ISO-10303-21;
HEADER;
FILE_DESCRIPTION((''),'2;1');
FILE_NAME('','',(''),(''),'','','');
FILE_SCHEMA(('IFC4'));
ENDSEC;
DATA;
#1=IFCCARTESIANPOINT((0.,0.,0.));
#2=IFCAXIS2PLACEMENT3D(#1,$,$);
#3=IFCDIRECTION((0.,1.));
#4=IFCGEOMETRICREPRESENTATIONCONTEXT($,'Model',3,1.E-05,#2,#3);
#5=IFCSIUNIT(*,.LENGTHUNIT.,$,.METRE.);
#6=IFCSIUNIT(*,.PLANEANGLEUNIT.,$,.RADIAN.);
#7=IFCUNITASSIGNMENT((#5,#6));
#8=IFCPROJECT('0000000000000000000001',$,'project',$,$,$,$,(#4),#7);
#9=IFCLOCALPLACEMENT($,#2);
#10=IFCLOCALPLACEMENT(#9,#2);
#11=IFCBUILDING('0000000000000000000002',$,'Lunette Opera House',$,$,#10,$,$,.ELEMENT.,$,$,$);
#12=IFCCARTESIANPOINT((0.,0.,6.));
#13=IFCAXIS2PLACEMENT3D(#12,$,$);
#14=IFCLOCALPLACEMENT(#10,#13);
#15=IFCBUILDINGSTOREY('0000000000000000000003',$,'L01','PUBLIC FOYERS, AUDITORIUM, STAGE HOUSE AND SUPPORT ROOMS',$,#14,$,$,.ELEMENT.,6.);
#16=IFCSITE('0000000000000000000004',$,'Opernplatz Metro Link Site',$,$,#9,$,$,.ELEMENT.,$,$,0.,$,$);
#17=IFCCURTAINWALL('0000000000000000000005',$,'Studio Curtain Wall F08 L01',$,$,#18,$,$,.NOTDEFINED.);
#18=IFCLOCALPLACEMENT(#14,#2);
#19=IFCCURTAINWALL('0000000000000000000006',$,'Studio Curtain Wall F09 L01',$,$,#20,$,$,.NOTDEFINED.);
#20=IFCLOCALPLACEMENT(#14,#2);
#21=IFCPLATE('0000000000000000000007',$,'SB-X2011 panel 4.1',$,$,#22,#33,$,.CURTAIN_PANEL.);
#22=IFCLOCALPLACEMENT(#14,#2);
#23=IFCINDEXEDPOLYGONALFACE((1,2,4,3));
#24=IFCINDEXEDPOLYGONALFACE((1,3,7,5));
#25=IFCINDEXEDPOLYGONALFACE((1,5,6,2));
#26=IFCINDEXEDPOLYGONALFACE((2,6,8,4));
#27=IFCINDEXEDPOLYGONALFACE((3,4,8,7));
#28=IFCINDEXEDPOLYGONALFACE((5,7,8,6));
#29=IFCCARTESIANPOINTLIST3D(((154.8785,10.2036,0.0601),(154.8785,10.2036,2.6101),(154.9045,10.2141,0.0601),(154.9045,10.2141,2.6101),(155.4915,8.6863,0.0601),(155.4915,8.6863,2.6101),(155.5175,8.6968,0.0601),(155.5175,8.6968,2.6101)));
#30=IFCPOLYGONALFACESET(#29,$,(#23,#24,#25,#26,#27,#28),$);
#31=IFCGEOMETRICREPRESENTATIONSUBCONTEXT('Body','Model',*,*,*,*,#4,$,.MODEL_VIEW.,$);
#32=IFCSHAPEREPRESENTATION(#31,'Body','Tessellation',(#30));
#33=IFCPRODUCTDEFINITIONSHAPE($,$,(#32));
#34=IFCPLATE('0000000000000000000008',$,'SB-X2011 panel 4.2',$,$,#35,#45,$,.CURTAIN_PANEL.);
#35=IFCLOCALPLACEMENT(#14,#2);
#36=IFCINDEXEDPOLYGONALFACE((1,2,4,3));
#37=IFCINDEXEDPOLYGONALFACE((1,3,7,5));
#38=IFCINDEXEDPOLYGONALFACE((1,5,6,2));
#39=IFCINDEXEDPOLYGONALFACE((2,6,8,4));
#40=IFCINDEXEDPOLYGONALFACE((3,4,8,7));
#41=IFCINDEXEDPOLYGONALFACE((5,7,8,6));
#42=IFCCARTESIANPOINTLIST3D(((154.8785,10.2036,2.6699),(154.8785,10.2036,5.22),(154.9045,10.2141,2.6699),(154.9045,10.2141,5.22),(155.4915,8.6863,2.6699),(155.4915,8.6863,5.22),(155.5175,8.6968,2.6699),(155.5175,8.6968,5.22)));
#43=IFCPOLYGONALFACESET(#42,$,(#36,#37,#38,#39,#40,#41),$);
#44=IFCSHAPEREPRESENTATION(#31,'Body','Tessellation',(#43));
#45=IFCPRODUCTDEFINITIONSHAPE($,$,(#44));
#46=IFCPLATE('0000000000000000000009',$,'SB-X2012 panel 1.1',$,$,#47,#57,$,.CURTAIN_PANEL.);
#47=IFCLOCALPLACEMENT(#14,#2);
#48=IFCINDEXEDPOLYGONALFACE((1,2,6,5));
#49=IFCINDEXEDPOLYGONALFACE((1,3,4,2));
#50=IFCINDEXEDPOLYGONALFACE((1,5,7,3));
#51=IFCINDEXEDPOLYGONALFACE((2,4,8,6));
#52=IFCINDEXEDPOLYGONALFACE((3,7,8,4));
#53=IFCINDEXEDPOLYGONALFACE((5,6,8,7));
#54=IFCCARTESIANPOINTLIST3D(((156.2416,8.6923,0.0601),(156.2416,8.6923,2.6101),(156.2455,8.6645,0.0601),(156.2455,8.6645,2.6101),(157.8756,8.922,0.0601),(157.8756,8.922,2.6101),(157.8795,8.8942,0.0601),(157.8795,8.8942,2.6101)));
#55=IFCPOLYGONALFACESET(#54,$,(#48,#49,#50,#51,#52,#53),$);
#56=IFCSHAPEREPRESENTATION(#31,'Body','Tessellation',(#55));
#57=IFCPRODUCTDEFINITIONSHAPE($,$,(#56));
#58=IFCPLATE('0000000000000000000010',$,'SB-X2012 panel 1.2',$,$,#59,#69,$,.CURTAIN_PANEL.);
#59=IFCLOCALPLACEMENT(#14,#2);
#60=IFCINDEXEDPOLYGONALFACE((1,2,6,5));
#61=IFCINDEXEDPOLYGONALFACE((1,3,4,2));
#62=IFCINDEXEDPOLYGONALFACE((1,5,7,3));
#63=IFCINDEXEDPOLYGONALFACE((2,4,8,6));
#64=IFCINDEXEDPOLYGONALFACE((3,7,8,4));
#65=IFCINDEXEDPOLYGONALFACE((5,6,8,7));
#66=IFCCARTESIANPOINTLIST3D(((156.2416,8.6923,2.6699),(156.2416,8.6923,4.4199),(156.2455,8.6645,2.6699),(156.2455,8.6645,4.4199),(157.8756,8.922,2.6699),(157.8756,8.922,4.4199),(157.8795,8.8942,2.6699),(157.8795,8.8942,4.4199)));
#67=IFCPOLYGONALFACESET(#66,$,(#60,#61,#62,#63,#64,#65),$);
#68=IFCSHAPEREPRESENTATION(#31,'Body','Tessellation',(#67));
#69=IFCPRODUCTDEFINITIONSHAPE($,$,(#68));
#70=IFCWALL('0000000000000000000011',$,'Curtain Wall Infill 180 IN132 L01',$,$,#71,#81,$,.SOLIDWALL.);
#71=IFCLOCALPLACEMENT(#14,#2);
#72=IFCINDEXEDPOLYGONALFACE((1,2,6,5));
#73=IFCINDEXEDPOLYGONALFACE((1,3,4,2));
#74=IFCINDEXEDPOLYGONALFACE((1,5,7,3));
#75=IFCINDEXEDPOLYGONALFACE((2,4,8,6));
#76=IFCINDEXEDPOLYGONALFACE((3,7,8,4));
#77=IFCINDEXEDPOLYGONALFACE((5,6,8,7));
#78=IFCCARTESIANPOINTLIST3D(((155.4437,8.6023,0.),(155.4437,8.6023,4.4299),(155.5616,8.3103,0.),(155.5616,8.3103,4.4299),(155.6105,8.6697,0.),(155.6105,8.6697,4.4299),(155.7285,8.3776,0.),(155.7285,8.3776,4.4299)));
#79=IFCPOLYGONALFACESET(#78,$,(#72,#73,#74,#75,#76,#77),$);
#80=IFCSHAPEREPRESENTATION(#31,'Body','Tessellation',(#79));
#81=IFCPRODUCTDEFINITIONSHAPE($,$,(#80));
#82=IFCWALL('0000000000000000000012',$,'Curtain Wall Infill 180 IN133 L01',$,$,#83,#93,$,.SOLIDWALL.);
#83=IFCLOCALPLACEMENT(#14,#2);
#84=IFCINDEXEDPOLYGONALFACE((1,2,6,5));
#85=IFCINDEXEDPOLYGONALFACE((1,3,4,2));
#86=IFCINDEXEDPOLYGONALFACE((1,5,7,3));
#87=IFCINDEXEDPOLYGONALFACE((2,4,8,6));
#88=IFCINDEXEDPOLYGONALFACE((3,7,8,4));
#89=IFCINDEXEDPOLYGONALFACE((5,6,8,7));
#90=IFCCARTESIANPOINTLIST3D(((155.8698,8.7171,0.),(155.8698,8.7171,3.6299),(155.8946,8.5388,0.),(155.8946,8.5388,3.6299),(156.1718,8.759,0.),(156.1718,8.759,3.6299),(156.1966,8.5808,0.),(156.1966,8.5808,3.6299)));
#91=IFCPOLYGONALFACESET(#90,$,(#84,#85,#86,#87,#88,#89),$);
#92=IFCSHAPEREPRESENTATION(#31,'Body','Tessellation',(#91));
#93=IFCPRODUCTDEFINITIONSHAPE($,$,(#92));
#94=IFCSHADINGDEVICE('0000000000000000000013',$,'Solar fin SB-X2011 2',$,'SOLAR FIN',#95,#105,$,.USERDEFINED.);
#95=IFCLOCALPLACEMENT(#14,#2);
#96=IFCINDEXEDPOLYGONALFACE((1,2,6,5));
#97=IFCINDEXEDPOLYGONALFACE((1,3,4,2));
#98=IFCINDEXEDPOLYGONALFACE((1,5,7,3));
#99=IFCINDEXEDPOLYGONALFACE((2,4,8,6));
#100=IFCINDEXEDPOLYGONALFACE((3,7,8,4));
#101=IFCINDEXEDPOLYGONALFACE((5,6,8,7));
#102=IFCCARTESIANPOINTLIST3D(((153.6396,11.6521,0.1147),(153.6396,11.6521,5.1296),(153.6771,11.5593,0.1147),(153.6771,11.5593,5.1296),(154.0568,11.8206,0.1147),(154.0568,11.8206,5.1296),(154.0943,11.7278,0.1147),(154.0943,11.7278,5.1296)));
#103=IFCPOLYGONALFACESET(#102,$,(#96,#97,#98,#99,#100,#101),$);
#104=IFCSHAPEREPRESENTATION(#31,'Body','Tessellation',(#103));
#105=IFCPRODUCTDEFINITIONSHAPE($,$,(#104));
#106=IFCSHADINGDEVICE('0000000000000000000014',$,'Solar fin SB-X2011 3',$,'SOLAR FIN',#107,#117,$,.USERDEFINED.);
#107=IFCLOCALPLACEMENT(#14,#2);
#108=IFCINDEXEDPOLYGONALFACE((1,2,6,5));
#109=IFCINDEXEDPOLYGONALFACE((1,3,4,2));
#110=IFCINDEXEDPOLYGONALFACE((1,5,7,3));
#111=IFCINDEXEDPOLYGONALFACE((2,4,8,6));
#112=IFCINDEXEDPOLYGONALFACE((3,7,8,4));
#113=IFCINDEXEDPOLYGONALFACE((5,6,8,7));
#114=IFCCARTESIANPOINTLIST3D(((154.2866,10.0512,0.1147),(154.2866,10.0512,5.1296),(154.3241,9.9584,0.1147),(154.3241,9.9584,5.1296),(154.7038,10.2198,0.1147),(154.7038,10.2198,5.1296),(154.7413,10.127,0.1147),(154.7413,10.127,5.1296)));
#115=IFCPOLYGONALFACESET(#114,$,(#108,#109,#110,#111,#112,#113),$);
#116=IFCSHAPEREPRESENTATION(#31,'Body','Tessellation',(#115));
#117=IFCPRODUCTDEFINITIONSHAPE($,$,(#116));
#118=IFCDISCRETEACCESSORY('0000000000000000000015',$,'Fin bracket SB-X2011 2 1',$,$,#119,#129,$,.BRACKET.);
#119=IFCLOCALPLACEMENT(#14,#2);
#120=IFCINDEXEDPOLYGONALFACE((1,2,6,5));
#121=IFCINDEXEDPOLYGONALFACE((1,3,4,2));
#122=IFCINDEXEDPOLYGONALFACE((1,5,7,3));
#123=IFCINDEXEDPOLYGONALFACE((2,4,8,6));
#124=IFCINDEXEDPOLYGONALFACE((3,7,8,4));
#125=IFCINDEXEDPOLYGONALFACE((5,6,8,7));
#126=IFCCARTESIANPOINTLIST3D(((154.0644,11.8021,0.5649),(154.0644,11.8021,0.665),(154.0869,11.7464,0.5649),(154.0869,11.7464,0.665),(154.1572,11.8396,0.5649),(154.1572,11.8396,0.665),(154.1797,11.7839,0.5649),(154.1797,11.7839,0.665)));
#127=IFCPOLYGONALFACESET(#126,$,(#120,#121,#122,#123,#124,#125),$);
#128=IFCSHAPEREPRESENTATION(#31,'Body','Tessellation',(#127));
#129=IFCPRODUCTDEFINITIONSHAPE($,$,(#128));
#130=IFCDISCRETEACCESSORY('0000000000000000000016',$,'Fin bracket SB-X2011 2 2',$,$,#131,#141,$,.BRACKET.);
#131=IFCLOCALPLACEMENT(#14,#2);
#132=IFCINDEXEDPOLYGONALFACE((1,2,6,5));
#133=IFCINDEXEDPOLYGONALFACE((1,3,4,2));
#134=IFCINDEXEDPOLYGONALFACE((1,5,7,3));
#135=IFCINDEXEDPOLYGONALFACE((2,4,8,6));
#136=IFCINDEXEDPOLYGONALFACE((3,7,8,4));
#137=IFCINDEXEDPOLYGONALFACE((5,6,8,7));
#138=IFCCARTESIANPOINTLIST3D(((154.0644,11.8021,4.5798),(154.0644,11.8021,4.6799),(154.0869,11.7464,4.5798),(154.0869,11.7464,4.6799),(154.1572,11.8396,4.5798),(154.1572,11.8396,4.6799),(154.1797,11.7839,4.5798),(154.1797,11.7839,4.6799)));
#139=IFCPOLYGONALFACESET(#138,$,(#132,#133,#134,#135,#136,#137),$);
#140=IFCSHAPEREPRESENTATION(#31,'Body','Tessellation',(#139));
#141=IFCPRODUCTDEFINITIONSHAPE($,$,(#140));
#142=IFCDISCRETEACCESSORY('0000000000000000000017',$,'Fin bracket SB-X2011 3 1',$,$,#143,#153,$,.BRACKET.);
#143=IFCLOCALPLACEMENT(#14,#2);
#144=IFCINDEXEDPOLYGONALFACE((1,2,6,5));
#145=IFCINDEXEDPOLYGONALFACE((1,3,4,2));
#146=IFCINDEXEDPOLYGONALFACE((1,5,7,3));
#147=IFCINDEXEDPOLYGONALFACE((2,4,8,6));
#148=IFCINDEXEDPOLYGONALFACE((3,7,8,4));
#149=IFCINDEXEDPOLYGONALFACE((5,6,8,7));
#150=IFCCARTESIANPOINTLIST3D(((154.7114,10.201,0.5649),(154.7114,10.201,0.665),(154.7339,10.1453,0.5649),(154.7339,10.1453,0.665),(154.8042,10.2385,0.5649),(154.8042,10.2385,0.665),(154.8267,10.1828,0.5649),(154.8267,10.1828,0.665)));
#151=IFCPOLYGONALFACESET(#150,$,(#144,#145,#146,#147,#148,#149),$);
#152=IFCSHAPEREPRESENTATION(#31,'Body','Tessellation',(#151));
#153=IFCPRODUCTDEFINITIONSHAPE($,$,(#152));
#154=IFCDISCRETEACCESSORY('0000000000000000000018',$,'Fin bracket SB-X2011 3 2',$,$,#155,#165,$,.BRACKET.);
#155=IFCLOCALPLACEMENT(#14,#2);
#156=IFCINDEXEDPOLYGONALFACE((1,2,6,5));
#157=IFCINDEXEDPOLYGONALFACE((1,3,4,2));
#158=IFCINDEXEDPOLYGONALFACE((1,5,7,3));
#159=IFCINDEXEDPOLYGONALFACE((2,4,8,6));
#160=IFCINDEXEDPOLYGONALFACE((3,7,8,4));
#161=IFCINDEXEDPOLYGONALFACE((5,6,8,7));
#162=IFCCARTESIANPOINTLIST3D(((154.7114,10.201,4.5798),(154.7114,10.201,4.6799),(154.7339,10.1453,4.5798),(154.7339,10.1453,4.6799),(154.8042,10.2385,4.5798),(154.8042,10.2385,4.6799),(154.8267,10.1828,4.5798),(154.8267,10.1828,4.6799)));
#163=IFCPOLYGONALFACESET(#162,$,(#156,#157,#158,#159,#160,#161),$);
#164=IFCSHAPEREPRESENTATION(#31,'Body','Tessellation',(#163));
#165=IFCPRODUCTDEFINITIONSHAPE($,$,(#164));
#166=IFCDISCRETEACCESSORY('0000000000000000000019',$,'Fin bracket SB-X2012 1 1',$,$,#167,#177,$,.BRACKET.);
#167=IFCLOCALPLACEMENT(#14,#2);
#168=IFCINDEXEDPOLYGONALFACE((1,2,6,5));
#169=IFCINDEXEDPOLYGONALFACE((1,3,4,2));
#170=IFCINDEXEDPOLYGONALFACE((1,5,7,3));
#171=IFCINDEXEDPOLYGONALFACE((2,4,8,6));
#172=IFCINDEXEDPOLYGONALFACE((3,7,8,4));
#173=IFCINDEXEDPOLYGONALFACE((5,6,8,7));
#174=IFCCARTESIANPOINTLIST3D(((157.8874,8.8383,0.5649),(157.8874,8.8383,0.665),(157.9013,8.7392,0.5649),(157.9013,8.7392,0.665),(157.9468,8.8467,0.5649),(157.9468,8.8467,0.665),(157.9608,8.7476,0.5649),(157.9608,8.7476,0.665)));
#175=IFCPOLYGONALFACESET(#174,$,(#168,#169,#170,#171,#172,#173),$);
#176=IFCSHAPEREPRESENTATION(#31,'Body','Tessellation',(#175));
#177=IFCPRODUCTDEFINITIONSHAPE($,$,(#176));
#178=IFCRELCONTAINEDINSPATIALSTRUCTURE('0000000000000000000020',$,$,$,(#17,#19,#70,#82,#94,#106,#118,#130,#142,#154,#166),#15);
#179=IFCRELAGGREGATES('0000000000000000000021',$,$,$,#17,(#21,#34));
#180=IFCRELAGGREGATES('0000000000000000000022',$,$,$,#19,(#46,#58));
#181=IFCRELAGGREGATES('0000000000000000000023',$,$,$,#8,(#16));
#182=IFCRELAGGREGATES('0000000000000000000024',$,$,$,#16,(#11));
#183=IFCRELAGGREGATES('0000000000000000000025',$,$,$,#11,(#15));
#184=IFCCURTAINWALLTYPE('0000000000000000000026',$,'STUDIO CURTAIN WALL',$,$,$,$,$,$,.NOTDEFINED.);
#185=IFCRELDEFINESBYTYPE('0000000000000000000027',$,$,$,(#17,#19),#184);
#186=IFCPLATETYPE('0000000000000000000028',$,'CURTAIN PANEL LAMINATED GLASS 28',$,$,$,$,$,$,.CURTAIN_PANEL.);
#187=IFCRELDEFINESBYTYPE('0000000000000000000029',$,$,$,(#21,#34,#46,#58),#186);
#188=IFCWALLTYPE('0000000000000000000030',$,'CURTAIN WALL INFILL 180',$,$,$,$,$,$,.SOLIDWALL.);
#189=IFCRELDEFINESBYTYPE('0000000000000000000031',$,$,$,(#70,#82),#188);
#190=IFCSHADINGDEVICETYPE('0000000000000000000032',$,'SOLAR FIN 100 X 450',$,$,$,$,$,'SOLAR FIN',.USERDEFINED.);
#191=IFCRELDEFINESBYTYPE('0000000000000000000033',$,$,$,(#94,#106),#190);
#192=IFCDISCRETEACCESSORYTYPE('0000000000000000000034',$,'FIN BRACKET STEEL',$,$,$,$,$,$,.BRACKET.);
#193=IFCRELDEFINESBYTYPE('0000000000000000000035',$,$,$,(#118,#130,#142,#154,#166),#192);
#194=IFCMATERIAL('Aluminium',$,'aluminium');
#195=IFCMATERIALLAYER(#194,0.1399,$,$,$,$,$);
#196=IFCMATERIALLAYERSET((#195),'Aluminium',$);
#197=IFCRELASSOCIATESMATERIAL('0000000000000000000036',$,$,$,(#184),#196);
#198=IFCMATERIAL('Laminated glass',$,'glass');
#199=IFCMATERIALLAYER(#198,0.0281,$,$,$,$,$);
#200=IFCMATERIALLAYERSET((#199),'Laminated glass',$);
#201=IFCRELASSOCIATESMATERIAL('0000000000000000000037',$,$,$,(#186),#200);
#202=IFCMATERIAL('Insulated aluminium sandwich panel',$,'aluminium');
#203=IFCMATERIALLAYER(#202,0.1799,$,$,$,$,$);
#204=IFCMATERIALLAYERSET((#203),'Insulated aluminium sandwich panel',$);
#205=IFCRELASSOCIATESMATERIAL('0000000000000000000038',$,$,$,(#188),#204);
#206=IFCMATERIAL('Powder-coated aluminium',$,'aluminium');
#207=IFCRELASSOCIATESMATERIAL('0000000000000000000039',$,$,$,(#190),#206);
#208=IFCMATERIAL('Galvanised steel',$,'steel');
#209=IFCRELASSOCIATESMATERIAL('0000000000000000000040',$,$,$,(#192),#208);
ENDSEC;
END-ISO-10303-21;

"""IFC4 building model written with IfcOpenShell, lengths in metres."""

from ifc_helpers import new_model, si_unit, direction, frame, frame_2d, origin, origin_2d, place, context, subcontext, project, spatial, rectangle, extrude, material, layer, layer_set, type_object, element, aggregate, save


model = new_model("IFC4")

# Units and contexts
model_context = context("Model", 3, precision=1e-05, world=origin(), true_north=direction((0.0, 1.0)))
body_context = subcontext(model_context, "Body", "Model", "MODEL_VIEW")
ifc_project = project(units=[si_unit("LENGTHUNIT", "METRE"), si_unit("PLANEANGLEUNIT", "RADIAN")], contexts=[model_context])

# Site, building, storey
site_placement = place(None, origin())
site = spatial("IfcSite", under=ifc_project, at=site_placement, Name="Opernplatz Metro Link Site", CompositionType="ELEMENT", RefElevation=0.0)
building_placement = place(site_placement, origin())
building = spatial("IfcBuilding", under=site, at=building_placement, Name="Lunette Opera House", CompositionType="ELEMENT")
storey_placement = place(building_placement, frame((0.0, 0.0, 6.0)))
storey = spatial("IfcBuildingStorey", under=building, at=storey_placement, Name="L01", Description="PUBLIC FOYERS, AUDITORIUM, STAGE HOUSE AND SUPPORT ROOMS", CompositionType="ELEMENT", Elevation=6.0)

# Curtain walls
ifc_material_1 = material(Name="Aluminium", Category="aluminium")
ifc_layer_1 = layer(ifc_material_1, 0.1399)
ifc_layer_set_1 = layer_set([ifc_layer_1], Name="Aluminium")
curtain_wall_type = type_object("IfcCurtainWallType", Name="STUDIO CURTAIN WALL", PredefinedType="NOTDEFINED", material=ifc_layer_set_1)
curtain_wall_1_placement = place(storey_placement, origin())
curtain_wall_1 = element("IfcCurtainWall", 1, at=curtain_wall_1_placement, inside=storey, type_object=curtain_wall_type, Name="Studio Curtain Wall F08 L01", PredefinedType="NOTDEFINED")
curtain_wall_2_placement = place(storey_placement, origin())
curtain_wall_2 = element("IfcCurtainWall", 2, at=curtain_wall_2_placement, inside=storey, type_object=curtain_wall_type, Name="Studio Curtain Wall F09 L01", PredefinedType="NOTDEFINED")

# Plates
ifc_material_2 = material(Name="Laminated glass", Category="glass")
ifc_layer_2 = layer(ifc_material_2, 0.0281)
ifc_layer_set_2 = layer_set([ifc_layer_2], Name="Laminated glass")
plate_type = type_object("IfcPlateType", Name="CURTAIN PANEL LAMINATED GLASS 28", PredefinedType="CURTAIN_PANEL", material=ifc_layer_set_2)
plate_1_placement = place(storey_placement, frame((155.198, 9.4502, 0.0601), z_axis=(0.0, 0.0, 1.0), x_axis=(0.374609, -0.927183, 0.0)))
plate_1 = element("IfcPlate", 3, at=plate_1_placement, type_object=plate_type, Name="SB-X2011 panel 4.1", PredefinedType="CURTAIN_PANEL", context=body_context, shape_type="SweptSolid", body=[
    extrude(rectangle(XDim=1.6365, YDim=0.0281, at=origin_2d()), origin(), (0.0, 0.0, 1.0), 2.55),
])
plate_2_placement = place(storey_placement, frame((155.198, 9.4502, 2.6699), z_axis=(0.0, 0.0, 1.0), x_axis=(0.374609, -0.927183, 0.0)))
plate_2 = element("IfcPlate", 4, at=plate_2_placement, type_object=plate_type, Name="SB-X2011 panel 4.2", PredefinedType="CURTAIN_PANEL", context=body_context, shape_type="SweptSolid", body=[
    extrude(rectangle(XDim=1.6365, YDim=0.0281, at=origin_2d()), origin(), (0.0, 0.0, 1.0), 2.55),
])
aggregate(curtain_wall_1, [plate_1, plate_2])
plate_3_placement = place(storey_placement, frame((157.0605, 8.7932, 0.0601), z_axis=(0.0, 0.0, 1.0), x_axis=(0.990263, 0.139209, 0.0)))
plate_3 = element("IfcPlate", 5, at=plate_3_placement, type_object=plate_type, Name="SB-X2012 panel 1.1", PredefinedType="CURTAIN_PANEL", context=body_context, shape_type="SweptSolid", body=[
    extrude(rectangle(XDim=1.6501, YDim=0.0281, at=origin_2d()), origin(), (0.0, 0.0, 1.0), 2.55),
])
plate_4_placement = place(storey_placement, frame((157.0605, 8.7932, 2.6699), z_axis=(0.0, 0.0, 1.0), x_axis=(0.990263, 0.139209, 0.0)))
plate_4 = element("IfcPlate", 6, at=plate_4_placement, type_object=plate_type, Name="SB-X2012 panel 1.2", PredefinedType="CURTAIN_PANEL", context=body_context, shape_type="SweptSolid", body=[
    extrude(rectangle(XDim=1.6501, YDim=0.0281, at=origin_2d()), origin(), (0.0, 0.0, 1.0), 1.75),
])
aggregate(curtain_wall_2, [plate_3, plate_4])

# Walls
ifc_material_3 = material(Name="Insulated aluminium sandwich panel", Category="aluminium")
ifc_layer_3 = layer(ifc_material_3, 0.1799)
ifc_layer_set_3 = layer_set([ifc_layer_3], Name="Insulated aluminium sandwich panel")
wall_type = type_object("IfcWallType", Name="CURTAIN WALL INFILL 180", PredefinedType="SOLIDWALL", material=ifc_layer_set_3)
wall_1_placement = place(storey_placement, frame((155.5271, 8.636, 0.0), z_axis=(0.0, 0.0, 1.0), x_axis=(0.374463, -0.927242, 0.0)))
element("IfcWall", 7, at=wall_1_placement, inside=storey, type_object=wall_type, Name="Curtain Wall Infill 180 IN132 L01", PredefinedType="SOLIDWALL", context=body_context, shape_type="SweptSolid", body=[
    extrude(rectangle(XDim=0.3149, YDim=0.1799, at=frame_2d((0.1575, 0.0))), origin(), (0.0, 0.0, 1.0), 4.4299),
])
wall_2_placement = place(storey_placement, frame((156.1841, 8.6699, 0.0), z_axis=(0.0, 0.0, 1.0), x_axis=(-0.990471, -0.137721, 0.0)))
element("IfcWall", 8, at=wall_2_placement, inside=storey, type_object=wall_type, Name="Curtain Wall Infill 180 IN133 L01", PredefinedType="SOLIDWALL", context=body_context, shape_type="SweptSolid", body=[
    extrude(rectangle(XDim=0.3049, YDim=0.1799, at=frame_2d((0.1523, 0.0))), origin(), (0.0, 0.0, 1.0), 3.6299),
])

# Shading devices
ifc_material_4 = material(Name="Powder-coated aluminium", Category="aluminium")
shading_device_type = type_object("IfcShadingDeviceType", Name="SOLAR FIN 100 X 450", ElementType="SOLAR FIN", PredefinedType="USERDEFINED", material=ifc_material_4)
for number, where, z_axis, x_axis, name in (
    (9, (153.8669, 11.6899, 0.1147), (0.0, 0.0, 1.0), (-0.927183, -0.37461, 0.0), "Solar fin SB-X2011 2"),
    (10, (154.5139, 10.0891, 0.1147), (0.0, 0.0, 1.0), (-0.927183, -0.37461, 0.0), "Solar fin SB-X2011 3"),
):
    element("IfcShadingDevice", number, at=place(storey_placement, frame(where, z_axis=z_axis, x_axis=x_axis)), inside=storey, type_object=shading_device_type, Name=name, ObjectType="SOLAR FIN", PredefinedType="USERDEFINED", context=body_context, shape_type="SweptSolid", body=[
        extrude(rectangle(XDim=0.45, YDim=0.1001, at=origin_2d()), origin(), (0.0, 0.0, 1.0), 5.0149),
    ])

# Discrete accessories
ifc_material_5 = material(Name="Galvanised steel", Category="steel")
discrete_accessory_type = type_object("IfcDiscreteAccessoryType", Name="FIN BRACKET STEEL", PredefinedType="BRACKET", material=ifc_material_5)
for number, where, z_axis, x_axis, name in (
    (11, (154.1221, 11.793, 0.5649), (0.0, 0.0, 1.0), (-0.927183, -0.37461, 0.0), "Fin bracket SB-X2011 2 1"),
    (12, (154.1221, 11.793, 4.5798), (0.0, 0.0, 1.0), (-0.927183, -0.37461, 0.0), "Fin bracket SB-X2011 2 2"),
    (13, (154.769, 10.1919, 0.5649), (0.0, 0.0, 1.0), (-0.927183, -0.37461, 0.0), "Fin bracket SB-X2011 3 1"),
    (14, (154.769, 10.1919, 4.5798), (0.0, 0.0, 1.0), (-0.927183, -0.37461, 0.0), "Fin bracket SB-X2011 3 2"),
    (15, (157.9241, 8.793, 0.5649), (0.0, 0.0, 1.0), (0.139209, -0.990263, 0.0), "Fin bracket SB-X2012 1 1"),
):
    element("IfcDiscreteAccessory", number, at=place(storey_placement, frame(where, z_axis=z_axis, x_axis=x_axis)), inside=storey, type_object=discrete_accessory_type, Name=name, PredefinedType="BRACKET", context=body_context, shape_type="SweptSolid", body=[
        extrude(rectangle(XDim=0.1001, YDim=0.0601, at=origin_2d()), origin(), (0.0, 0.0, 1.0), 0.1001),
    ])

save(model, "model.ifc")
